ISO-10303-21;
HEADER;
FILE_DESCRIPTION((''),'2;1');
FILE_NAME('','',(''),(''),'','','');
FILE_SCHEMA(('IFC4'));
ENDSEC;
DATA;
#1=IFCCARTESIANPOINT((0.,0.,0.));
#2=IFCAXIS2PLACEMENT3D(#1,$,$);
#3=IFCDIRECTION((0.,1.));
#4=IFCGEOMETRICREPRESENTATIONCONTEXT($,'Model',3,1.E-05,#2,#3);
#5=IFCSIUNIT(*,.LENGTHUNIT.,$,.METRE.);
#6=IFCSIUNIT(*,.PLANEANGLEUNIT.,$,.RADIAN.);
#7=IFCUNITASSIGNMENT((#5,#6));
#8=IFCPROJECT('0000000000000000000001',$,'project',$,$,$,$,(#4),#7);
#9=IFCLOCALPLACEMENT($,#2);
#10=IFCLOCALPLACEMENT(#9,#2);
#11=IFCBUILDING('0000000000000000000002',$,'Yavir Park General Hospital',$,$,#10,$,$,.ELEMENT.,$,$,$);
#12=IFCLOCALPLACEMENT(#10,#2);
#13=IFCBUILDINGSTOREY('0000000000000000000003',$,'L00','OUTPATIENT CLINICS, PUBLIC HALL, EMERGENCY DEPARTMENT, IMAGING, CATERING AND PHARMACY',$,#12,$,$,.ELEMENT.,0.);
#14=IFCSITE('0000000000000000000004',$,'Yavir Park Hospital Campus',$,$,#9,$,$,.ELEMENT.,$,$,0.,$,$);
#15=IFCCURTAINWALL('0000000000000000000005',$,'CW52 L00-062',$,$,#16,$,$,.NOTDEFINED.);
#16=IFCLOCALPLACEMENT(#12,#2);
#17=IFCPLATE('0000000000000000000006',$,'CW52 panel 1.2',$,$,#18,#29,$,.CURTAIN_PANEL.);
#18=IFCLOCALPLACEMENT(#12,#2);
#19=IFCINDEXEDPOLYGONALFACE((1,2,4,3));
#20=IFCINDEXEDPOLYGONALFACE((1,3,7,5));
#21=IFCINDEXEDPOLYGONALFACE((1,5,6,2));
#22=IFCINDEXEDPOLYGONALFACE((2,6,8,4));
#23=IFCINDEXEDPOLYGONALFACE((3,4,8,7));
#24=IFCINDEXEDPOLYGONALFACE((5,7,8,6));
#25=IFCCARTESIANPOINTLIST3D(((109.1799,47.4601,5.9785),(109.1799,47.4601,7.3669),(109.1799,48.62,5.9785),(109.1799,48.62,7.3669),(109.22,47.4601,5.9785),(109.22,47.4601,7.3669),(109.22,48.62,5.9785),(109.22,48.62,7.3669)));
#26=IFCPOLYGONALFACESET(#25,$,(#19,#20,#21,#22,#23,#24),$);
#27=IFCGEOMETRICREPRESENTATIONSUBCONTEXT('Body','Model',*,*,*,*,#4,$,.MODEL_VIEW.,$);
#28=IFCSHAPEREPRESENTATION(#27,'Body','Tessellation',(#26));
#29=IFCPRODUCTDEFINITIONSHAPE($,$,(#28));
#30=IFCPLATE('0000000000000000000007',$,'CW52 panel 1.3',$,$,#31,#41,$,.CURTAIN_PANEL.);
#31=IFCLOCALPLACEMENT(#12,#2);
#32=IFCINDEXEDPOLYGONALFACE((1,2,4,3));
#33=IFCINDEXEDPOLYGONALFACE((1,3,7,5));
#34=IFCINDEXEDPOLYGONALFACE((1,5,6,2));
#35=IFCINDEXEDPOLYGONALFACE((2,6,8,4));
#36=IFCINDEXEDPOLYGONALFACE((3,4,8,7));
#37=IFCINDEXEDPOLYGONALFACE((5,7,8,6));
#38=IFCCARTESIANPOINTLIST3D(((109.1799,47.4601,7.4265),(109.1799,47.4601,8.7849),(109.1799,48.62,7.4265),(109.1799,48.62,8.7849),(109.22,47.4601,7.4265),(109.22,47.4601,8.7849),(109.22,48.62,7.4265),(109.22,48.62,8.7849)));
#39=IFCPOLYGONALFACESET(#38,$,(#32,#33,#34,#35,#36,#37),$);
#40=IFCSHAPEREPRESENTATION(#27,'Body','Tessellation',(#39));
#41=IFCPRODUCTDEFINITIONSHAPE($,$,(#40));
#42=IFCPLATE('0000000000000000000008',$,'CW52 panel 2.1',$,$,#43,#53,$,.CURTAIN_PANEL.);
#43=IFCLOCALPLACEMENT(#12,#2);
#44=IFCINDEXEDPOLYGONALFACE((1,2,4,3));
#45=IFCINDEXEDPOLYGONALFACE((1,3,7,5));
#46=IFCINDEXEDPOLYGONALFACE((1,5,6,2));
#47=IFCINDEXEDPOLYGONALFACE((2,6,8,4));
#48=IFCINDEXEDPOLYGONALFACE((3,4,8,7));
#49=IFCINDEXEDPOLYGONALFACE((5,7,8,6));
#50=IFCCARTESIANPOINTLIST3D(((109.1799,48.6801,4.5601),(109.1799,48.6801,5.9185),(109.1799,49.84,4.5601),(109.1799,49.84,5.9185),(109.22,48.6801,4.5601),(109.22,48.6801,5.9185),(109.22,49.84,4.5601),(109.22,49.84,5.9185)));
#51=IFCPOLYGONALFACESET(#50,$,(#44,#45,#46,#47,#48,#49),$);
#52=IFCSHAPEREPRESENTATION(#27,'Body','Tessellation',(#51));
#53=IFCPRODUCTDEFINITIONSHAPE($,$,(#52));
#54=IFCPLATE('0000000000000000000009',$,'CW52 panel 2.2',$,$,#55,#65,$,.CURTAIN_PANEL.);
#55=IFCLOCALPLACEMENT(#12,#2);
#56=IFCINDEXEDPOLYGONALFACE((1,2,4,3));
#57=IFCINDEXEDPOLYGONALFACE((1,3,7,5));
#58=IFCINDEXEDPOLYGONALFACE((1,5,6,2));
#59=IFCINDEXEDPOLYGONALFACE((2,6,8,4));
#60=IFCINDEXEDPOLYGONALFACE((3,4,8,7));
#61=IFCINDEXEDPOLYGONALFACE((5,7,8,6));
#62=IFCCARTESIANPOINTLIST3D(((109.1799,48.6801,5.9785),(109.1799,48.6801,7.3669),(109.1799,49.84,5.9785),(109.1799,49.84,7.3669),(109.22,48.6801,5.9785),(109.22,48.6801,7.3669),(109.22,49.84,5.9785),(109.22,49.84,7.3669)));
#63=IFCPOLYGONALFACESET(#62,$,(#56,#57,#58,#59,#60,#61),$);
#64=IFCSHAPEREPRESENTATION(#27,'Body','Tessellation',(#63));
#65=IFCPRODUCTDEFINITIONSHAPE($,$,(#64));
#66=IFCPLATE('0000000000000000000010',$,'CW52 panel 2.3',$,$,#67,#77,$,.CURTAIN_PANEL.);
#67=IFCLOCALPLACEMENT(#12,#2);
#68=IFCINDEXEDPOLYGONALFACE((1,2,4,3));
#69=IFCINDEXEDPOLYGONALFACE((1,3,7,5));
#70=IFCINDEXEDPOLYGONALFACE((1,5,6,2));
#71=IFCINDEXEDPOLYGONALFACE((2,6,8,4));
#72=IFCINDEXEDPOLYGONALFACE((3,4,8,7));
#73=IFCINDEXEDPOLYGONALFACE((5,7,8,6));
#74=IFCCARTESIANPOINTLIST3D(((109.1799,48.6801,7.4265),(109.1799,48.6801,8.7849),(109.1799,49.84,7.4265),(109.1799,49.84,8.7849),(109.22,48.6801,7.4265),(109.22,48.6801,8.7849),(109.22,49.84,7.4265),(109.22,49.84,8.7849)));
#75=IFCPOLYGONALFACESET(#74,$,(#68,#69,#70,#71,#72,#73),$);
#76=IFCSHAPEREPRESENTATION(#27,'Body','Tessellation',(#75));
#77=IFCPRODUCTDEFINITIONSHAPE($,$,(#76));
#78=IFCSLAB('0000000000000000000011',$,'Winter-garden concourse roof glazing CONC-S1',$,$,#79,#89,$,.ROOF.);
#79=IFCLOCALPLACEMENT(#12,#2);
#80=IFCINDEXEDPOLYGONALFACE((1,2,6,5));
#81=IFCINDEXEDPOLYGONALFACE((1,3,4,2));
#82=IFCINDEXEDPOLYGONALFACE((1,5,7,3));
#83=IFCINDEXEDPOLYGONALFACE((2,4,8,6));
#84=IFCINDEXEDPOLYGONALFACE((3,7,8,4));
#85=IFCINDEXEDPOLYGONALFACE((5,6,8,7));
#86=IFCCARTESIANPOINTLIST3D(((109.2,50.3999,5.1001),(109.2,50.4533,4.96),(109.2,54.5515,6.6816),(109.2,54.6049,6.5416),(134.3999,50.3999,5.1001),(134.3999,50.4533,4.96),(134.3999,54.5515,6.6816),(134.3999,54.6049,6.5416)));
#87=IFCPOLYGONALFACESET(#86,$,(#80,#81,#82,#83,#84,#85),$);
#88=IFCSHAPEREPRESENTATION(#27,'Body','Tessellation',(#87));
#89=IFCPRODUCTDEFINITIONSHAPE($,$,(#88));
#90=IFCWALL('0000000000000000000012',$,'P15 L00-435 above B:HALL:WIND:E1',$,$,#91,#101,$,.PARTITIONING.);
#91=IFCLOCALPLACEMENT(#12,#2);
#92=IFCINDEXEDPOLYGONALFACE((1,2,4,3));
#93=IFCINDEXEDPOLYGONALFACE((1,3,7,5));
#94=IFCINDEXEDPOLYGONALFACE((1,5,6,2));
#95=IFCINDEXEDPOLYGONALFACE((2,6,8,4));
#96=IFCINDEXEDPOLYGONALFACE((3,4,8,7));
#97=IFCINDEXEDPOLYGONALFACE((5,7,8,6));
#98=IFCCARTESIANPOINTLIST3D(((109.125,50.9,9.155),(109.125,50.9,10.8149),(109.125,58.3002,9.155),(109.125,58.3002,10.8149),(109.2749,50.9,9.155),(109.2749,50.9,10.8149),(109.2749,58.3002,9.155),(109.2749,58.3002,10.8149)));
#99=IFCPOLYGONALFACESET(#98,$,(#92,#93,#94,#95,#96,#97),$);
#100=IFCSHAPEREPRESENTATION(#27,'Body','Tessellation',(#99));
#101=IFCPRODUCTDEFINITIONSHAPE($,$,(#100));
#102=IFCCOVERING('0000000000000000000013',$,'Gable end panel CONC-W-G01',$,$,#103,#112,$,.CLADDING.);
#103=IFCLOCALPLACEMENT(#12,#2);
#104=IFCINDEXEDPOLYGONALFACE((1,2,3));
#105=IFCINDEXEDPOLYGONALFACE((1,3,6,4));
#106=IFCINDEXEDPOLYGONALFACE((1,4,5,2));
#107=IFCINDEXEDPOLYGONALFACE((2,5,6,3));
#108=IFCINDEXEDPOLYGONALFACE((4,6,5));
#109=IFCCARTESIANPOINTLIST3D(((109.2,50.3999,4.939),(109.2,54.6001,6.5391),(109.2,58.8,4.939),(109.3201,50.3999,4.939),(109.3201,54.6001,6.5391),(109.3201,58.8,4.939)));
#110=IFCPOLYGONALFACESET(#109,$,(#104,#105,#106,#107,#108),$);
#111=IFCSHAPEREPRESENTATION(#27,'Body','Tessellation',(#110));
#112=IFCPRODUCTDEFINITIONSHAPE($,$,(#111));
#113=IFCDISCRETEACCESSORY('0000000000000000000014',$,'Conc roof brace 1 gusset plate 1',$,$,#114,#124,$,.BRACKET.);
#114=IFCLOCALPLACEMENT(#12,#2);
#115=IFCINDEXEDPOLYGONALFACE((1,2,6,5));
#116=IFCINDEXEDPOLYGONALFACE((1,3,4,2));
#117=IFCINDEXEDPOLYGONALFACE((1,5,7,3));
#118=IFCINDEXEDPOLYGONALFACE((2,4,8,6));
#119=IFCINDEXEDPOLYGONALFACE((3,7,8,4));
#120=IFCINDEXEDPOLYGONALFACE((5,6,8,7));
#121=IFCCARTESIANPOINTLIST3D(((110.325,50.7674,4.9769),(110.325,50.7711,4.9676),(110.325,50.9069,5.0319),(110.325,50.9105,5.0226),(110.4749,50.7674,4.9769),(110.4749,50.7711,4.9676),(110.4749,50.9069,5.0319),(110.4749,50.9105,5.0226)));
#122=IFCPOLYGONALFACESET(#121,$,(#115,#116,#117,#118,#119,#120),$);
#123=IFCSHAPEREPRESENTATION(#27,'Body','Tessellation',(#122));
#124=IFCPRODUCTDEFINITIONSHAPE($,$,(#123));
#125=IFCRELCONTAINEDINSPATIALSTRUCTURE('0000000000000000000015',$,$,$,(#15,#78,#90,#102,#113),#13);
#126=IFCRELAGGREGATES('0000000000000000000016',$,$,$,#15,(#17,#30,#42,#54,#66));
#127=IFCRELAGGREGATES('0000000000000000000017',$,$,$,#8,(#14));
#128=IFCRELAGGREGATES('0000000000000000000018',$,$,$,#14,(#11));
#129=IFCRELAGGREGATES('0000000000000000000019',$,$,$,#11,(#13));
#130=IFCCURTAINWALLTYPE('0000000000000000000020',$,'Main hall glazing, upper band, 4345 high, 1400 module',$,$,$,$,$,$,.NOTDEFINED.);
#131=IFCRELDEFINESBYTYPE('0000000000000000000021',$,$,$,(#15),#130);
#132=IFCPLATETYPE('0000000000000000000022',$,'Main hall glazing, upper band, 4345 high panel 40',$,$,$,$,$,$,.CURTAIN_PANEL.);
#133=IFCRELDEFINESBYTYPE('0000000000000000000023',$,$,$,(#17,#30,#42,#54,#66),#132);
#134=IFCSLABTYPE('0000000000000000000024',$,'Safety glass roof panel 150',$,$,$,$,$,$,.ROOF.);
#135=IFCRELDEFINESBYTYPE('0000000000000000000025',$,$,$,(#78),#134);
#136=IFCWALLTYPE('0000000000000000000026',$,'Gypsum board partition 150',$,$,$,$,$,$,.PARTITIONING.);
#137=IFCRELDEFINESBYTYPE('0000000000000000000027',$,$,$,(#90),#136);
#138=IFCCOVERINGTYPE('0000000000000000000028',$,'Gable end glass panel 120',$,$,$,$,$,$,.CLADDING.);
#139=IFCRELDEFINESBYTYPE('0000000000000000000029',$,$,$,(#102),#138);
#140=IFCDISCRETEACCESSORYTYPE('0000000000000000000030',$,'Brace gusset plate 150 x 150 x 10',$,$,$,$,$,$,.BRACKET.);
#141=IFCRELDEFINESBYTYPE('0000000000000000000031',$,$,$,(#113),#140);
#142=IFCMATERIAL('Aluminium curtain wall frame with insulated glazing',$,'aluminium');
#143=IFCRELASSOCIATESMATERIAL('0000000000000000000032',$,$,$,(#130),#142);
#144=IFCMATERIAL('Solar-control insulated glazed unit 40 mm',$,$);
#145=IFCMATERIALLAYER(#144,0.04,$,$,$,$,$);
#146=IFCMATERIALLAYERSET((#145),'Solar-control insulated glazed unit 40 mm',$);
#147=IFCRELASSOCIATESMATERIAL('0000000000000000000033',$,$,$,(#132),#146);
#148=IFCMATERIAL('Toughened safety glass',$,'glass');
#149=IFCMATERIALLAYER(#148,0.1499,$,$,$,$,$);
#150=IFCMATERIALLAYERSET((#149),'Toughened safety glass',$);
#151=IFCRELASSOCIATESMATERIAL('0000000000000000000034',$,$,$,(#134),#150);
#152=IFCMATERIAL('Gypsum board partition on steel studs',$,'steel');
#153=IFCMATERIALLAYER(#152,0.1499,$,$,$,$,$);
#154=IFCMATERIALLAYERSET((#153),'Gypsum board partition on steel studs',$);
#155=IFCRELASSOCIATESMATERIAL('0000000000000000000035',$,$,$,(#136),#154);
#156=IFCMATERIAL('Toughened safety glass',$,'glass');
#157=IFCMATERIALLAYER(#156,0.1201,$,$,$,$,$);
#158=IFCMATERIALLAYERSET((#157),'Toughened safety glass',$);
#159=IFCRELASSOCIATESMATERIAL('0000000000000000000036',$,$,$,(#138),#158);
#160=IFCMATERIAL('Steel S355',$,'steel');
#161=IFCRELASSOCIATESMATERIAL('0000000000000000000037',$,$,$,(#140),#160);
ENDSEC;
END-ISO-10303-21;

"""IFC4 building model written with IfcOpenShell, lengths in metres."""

from ifc_helpers import new_model, si_unit, direction, frame, frame_2d, origin, origin_2d, place, context, subcontext, project, spatial, polyline, rectangle, outline, extrude, material, layer, layer_set, material_profile, profile_set, type_object, element, aggregate, save


model = new_model("IFC4")

# Units and contexts
model_context = context("Model", 3, precision=1e-05, world=origin(), true_north=direction((0.0, 1.0)))
body_context = subcontext(model_context, "Body", "Model", "MODEL_VIEW")
ifc_project = project(units=[si_unit("LENGTHUNIT", "METRE"), si_unit("PLANEANGLEUNIT", "RADIAN")], contexts=[model_context])

# Site, building, storey
site_placement = place(None, origin())
site = spatial("IfcSite", under=ifc_project, at=site_placement, Name="Yavir Park Hospital Campus", CompositionType="ELEMENT", RefElevation=0.0)
building_placement = place(site_placement, origin())
building = spatial("IfcBuilding", under=site, at=building_placement, Name="Yavir Park General Hospital", CompositionType="ELEMENT")
storey_placement = place(building_placement, origin())
storey = spatial("IfcBuildingStorey", under=building, at=storey_placement, Name="L00", Description="OUTPATIENT CLINICS, PUBLIC HALL, EMERGENCY DEPARTMENT, IMAGING, CATERING AND PHARMACY", CompositionType="ELEMENT", Elevation=0.0)

# Curtain wall
ifc_material_1 = material(Name="Aluminium curtain wall frame with insulated glazing", Category="aluminium")
curtain_wall_type_1 = type_object("IfcCurtainWallType", Name="Main hall glazing, upper band, 4345 high, 1400 module", PredefinedType="NOTDEFINED", material=ifc_material_1)
curtain_wall_1_placement = place(storey_placement, origin())
curtain_wall_1 = element("IfcCurtainWall", 1, at=curtain_wall_1_placement, inside=storey, type_object=curtain_wall_type_1, Name="CW52 L00-062", PredefinedType="NOTDEFINED")

# Plates
ifc_material_2 = material(Name="Solar-control insulated glazed unit 40 mm")
ifc_layer_1 = layer(ifc_material_2, 0.04)
ifc_layer_set_1 = layer_set([ifc_layer_1], Name="Solar-control insulated glazed unit 40 mm")
plate_type_1 = type_object("IfcPlateType", Name="Main hall glazing, upper band, 4345 high panel 40", PredefinedType="CURTAIN_PANEL", material=ifc_layer_set_1)
plate_1_placement = place(storey_placement, frame((109.2, 48.04, 5.9785), z_axis=(0.0, 0.0, 1.0), x_axis=(0.0, 1.0, 0.0)))
plate_1 = element("IfcPlate", 2, at=plate_1_placement, type_object=plate_type_1, Name="CW52 panel 1.2", PredefinedType="CURTAIN_PANEL", context=body_context, shape_type="SweptSolid", body=[
    extrude(rectangle(XDim=1.1599, YDim=0.04, at=origin_2d()), origin(), (0.0, 0.0, 1.0), 1.3884),
])
plate_2_placement = place(storey_placement, frame((109.2, 48.04, 7.4265), z_axis=(0.0, 0.0, 1.0), x_axis=(0.0, 1.0, 0.0)))
plate_2 = element("IfcPlate", 3, at=plate_2_placement, type_object=plate_type_1, Name="CW52 panel 1.3", PredefinedType="CURTAIN_PANEL", context=body_context, shape_type="SweptSolid", body=[
    extrude(rectangle(XDim=1.1599, YDim=0.04, at=origin_2d()), origin(), (0.0, 0.0, 1.0), 1.3584),
])
plate_3_placement = place(storey_placement, frame((109.2, 49.26, 4.5601), z_axis=(0.0, 0.0, 1.0), x_axis=(0.0, 1.0, 0.0)))
plate_3 = element("IfcPlate", 4, at=plate_3_placement, type_object=plate_type_1, Name="CW52 panel 2.1", PredefinedType="CURTAIN_PANEL", context=body_context, shape_type="SweptSolid", body=[
    extrude(rectangle(XDim=1.1599, YDim=0.04, at=origin_2d()), origin(), (0.0, 0.0, 1.0), 1.3584),
])
plate_4_placement = place(storey_placement, frame((109.2, 49.26, 5.9785), z_axis=(0.0, 0.0, 1.0), x_axis=(0.0, 1.0, 0.0)))
plate_4 = element("IfcPlate", 5, at=plate_4_placement, type_object=plate_type_1, Name="CW52 panel 2.2", PredefinedType="CURTAIN_PANEL", context=body_context, shape_type="SweptSolid", body=[
    extrude(rectangle(XDim=1.1599, YDim=0.04, at=origin_2d()), origin(), (0.0, 0.0, 1.0), 1.3884),
])
plate_5_placement = place(storey_placement, frame((109.2, 49.26, 7.4265), z_axis=(0.0, 0.0, 1.0), x_axis=(0.0, 1.0, 0.0)))
plate_5 = element("IfcPlate", 6, at=plate_5_placement, type_object=plate_type_1, Name="CW52 panel 2.3", PredefinedType="CURTAIN_PANEL", context=body_context, shape_type="SweptSolid", body=[
    extrude(rectangle(XDim=1.1599, YDim=0.04, at=origin_2d()), origin(), (0.0, 0.0, 1.0), 1.3584),
])
aggregate(curtain_wall_1, [plate_1, plate_2, plate_3, plate_4, plate_5])

# Slab
ifc_material_3 = material(Name="Toughened safety glass", Category="glass")
ifc_layer_2 = layer(ifc_material_3, 0.1499)
ifc_layer_set_2 = layer_set([ifc_layer_2], Name="Toughened safety glass")
slab_type = type_object("IfcSlabType", Name="Safety glass roof panel 150", PredefinedType="ROOF", material=ifc_layer_set_2)
slab_placement = place(storey_placement, frame((109.2, 50.3999, 5.1001), z_axis=(0.0, -0.355991, 0.934489), x_axis=(1.0, 0.0, 0.0)))
element("IfcSlab", 7, at=slab_placement, inside=storey, type_object=slab_type, Name="Winter-garden concourse roof glazing CONC-S1", PredefinedType="ROOF", context=body_context, shape_type="SweptSolid", body=[
    extrude(outline(polyline([(0.0, 0.0), (25.2, 0.0), (25.2, 4.4427), (0.0, 4.4427), (0.0, 0.0)])), origin(), (0.0, 0.0, -1.0), 0.1499),
])

# Wall
ifc_material_4 = material(Name="Gypsum board partition on steel studs", Category="steel")
ifc_layer_3 = layer(ifc_material_4, 0.1499)
ifc_layer_set_3 = layer_set([ifc_layer_3], Name="Gypsum board partition on steel studs")
wall_type = type_object("IfcWallType", Name="Gypsum board partition 150", PredefinedType="PARTITIONING", material=ifc_layer_set_3)
wall_placement = place(storey_placement, frame((109.2, 50.8999, 9.155), z_axis=(0.0, 0.0, 1.0), x_axis=(0.0, 1.0, 0.0)))
element("IfcWall", 8, at=wall_placement, inside=storey, type_object=wall_type, Name="P15 L00-435 above B:HALL:WIND:E1", PredefinedType="PARTITIONING", context=body_context, shape_type="SweptSolid", body=[
    extrude(rectangle(XDim=7.4001, YDim=0.1499, at=frame_2d((3.7002, 0.0))), origin(), (0.0, 0.0, 1.0), 1.6599),
])

# Covering
ifc_material_5 = material(Name="Toughened safety glass", Category="glass")
ifc_layer_4 = layer(ifc_material_5, 0.1201)
ifc_layer_set_4 = layer_set([ifc_layer_4], Name="Toughened safety glass")
covering_type = type_object("IfcCoveringType", Name="Gable end glass panel 120", PredefinedType="CLADDING", material=ifc_layer_set_4)
covering_placement = place(storey_placement, frame((109.2, 50.3999, 4.939), z_axis=(-1.0, 0.0, 0.0), x_axis=(0.0, 1.0, 0.0)))
element("IfcCovering", 9, at=covering_placement, inside=storey, type_object=covering_type, Name="Gable end panel CONC-W-G01", PredefinedType="CLADDING", context=body_context, shape_type="SweptSolid", body=[
    extrude(outline(polyline([(0.0, 0.0), (8.4001, 0.0), (4.2002, -1.6001), (0.0, 0.0)])), origin(), (0.0, 0.0, -1.0), 0.1201),
])

# Discrete accessory
ifc_material_6 = material(Name="Steel S355", Category="steel")
ifc_material_profile_1 = material_profile(ifc_material_6, rectangle(XDim=0.1499, YDim=0.1499, at=origin_2d()), Name="PL150x150")
ifc_profile_set_1 = profile_set([ifc_material_profile_1], Name="Steel S355")
discrete_accessory_type = type_object("IfcDiscreteAccessoryType", Name="Brace gusset plate 150 x 150 x 10", PredefinedType="BRACKET", material=ifc_profile_set_1)
discrete_accessory_placement = place(storey_placement, frame((110.3999, 50.8408, 4.9951), z_axis=(0.0, -0.367167, 0.930155), x_axis=(1.0, 0.0, 0.0)))
element("IfcDiscreteAccessory", 10, at=discrete_accessory_placement, inside=storey, type_object=discrete_accessory_type, Name="Conc roof brace 1 gusset plate 1", PredefinedType="BRACKET", context=body_context, shape_type="SweptSolid", body=[
    extrude(rectangle(XDim=0.1499, YDim=0.1499, at=origin_2d()), origin(), (0.0, 0.0, 1.0), 0.01),
])

save(model, "model.ifc")
